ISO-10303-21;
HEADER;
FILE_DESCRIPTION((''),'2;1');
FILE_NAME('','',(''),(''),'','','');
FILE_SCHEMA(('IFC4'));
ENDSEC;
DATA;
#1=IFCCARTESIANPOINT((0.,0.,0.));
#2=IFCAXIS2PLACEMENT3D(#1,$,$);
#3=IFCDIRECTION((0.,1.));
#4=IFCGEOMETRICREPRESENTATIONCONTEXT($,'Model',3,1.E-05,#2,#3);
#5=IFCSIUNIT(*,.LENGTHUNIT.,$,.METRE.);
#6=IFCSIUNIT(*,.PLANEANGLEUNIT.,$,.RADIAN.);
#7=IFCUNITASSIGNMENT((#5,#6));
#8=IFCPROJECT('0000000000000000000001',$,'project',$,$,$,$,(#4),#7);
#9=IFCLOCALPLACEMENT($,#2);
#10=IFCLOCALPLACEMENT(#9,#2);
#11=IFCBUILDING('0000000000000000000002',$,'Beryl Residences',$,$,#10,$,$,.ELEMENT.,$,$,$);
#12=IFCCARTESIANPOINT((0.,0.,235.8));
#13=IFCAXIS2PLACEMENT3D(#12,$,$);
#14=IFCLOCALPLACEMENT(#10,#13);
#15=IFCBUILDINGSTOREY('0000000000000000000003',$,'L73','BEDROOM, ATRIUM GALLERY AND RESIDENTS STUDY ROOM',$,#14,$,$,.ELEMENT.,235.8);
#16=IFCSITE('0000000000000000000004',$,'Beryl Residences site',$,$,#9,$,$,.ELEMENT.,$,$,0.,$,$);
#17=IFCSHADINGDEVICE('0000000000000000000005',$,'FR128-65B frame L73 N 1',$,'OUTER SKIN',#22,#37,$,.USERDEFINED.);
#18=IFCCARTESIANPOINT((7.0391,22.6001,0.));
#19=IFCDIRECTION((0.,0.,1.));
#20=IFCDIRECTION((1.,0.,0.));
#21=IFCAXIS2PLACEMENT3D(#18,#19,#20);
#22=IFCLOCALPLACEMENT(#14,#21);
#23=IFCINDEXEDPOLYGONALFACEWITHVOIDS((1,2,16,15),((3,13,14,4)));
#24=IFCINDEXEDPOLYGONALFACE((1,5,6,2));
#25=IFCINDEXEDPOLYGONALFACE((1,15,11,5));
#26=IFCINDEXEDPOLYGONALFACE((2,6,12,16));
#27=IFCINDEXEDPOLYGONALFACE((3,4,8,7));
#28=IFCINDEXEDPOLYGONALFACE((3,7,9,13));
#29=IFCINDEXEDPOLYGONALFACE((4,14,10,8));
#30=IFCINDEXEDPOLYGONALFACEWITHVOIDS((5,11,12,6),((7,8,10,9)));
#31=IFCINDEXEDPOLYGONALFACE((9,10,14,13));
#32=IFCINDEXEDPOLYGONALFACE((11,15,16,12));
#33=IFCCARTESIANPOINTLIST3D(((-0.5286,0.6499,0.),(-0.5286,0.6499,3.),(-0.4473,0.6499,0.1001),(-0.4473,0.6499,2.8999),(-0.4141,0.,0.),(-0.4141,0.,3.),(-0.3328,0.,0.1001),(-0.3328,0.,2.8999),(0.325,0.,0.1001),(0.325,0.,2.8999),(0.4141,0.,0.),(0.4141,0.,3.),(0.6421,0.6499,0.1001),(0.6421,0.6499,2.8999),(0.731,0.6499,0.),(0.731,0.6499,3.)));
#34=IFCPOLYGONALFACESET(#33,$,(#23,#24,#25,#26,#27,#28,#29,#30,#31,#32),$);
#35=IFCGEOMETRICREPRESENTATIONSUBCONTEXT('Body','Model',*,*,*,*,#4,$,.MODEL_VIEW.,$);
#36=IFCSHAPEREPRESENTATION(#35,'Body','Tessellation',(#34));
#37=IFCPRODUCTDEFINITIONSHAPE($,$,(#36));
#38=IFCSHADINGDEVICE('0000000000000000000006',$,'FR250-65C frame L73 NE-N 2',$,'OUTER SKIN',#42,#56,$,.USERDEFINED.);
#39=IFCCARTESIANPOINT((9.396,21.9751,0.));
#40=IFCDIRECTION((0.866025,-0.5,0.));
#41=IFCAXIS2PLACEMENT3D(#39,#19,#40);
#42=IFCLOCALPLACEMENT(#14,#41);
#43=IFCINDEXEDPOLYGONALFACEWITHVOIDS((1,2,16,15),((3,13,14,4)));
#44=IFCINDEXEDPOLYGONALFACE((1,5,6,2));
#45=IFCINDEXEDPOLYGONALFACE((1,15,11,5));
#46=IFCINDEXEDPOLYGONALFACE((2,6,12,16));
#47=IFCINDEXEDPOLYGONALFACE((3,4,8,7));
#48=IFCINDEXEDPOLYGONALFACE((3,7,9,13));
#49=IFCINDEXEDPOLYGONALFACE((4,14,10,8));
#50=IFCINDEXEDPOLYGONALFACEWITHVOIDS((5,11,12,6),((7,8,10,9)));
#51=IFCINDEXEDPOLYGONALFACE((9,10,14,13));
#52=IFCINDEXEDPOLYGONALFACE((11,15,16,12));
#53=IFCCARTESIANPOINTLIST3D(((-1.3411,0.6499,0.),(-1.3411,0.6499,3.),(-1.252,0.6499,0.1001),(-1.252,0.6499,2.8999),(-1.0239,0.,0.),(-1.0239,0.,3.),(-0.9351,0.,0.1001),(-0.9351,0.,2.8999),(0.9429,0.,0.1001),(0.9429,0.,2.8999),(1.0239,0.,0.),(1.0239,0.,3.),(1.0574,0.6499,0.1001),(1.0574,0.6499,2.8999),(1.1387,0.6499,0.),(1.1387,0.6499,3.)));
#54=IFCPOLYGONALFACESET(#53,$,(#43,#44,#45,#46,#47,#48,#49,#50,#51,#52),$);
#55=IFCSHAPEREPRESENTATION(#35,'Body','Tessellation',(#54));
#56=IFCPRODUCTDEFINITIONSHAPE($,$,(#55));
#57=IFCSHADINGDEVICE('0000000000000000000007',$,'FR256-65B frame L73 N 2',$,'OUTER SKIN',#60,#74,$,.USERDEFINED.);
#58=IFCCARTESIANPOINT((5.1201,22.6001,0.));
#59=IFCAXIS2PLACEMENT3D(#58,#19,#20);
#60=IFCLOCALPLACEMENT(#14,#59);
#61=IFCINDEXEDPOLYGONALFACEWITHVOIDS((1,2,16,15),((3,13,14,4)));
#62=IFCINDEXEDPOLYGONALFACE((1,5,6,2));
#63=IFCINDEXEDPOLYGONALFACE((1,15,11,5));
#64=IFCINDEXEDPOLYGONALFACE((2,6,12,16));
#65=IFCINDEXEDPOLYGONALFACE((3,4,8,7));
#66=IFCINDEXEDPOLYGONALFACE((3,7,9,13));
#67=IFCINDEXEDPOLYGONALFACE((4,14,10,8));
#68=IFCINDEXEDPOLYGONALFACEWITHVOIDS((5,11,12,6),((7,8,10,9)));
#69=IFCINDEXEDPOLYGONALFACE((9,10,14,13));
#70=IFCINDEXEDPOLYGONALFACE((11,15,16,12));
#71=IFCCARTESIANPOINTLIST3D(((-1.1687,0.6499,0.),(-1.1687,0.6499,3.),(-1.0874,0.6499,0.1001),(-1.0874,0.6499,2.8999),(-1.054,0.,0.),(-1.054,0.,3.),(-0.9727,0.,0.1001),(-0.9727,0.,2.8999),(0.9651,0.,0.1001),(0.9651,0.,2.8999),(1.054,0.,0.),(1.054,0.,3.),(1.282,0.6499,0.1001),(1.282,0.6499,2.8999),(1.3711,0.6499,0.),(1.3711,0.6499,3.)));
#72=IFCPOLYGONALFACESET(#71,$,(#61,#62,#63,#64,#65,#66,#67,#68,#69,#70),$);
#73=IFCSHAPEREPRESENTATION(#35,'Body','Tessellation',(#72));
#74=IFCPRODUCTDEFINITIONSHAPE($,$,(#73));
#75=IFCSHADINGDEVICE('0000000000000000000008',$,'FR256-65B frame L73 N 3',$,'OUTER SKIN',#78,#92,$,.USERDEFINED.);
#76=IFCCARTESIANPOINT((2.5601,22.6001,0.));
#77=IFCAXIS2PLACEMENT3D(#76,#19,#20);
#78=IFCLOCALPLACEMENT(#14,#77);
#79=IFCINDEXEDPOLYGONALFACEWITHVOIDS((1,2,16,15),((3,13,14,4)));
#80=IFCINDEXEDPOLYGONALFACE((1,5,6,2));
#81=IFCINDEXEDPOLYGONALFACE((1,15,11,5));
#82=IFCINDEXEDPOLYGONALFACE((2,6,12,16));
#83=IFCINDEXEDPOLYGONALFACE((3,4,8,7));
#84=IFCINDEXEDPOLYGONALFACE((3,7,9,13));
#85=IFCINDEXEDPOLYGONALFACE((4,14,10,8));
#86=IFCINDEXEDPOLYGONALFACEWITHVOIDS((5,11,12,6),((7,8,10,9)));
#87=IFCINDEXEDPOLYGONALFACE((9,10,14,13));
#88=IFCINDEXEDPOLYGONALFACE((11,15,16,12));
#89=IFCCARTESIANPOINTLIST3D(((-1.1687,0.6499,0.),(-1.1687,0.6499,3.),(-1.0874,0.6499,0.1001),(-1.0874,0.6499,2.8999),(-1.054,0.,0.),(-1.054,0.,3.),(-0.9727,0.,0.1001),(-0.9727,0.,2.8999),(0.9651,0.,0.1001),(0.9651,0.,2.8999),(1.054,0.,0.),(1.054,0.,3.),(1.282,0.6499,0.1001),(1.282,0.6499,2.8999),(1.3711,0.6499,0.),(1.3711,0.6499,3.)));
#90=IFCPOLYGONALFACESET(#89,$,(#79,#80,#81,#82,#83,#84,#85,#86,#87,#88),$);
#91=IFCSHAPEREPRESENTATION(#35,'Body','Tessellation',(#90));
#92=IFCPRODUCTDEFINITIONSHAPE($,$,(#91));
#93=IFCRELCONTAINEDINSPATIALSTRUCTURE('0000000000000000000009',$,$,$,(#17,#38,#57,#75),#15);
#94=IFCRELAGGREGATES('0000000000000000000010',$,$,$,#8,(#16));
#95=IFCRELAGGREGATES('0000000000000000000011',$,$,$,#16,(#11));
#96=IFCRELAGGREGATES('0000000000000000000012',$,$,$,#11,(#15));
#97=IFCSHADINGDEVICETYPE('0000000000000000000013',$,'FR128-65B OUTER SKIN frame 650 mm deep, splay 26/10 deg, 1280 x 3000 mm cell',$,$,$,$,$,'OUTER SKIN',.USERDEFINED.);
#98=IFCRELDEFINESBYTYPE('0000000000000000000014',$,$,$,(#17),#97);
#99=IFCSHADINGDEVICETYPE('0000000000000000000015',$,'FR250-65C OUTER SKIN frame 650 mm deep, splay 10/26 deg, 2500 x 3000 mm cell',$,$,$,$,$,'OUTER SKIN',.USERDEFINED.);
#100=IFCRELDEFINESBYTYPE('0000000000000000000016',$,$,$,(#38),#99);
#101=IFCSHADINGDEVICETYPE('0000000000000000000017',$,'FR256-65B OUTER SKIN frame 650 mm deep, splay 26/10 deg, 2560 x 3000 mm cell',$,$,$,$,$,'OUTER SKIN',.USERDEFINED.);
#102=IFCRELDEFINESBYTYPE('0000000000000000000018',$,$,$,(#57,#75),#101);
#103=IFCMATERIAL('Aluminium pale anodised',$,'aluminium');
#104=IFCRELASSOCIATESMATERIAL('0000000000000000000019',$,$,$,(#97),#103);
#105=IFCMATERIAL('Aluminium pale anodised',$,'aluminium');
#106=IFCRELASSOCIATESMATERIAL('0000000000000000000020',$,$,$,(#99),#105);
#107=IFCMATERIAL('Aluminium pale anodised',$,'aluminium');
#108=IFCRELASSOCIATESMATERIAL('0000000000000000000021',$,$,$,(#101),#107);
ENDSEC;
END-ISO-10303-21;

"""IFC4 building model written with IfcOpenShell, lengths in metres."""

from ifc_helpers import new_model, entity, si_unit, direction, frame, origin, place, context, subcontext, project, spatial, source, transform, mapped, material, type_object, type_shapes, element, save


model = new_model("IFC4")

# Units and contexts
model_context = context("Model", 3, precision=1e-05, world=origin(), true_north=direction((0.0, 1.0)))
body_context = subcontext(model_context, "Body", "Model", "MODEL_VIEW")
ifc_project = project(units=[si_unit("LENGTHUNIT", "METRE"), si_unit("PLANEANGLEUNIT", "RADIAN")], contexts=[model_context])

# Site, building, storey
site_placement = place(None, origin())
site = spatial("IfcSite", under=ifc_project, at=site_placement, Name="Beryl Residences site", CompositionType="ELEMENT", RefElevation=0.0)
building_placement = place(site_placement, origin())
building = spatial("IfcBuilding", under=site, at=building_placement, Name="Beryl Residences", CompositionType="ELEMENT")
storey_placement = place(building_placement, frame((0.0, 0.0, 235.8)))
storey = spatial("IfcBuildingStorey", under=building, at=storey_placement, Name="L73", Description="BEDROOM, ATRIUM GALLERY AND RESIDENTS STUDY ROOM", CompositionType="ELEMENT", Elevation=235.8)

# Shading devices
ifc_material_1 = material(Name="Aluminium pale anodised", Category="aluminium")
shading_device_type_1 = type_object("IfcShadingDeviceType", Name="FR128-65B OUTER SKIN frame 650 mm deep, splay 26/10 deg, 1280 x 3000 mm cell", ElementType="OUTER SKIN", PredefinedType="USERDEFINED", material=ifc_material_1)
cartesian_point_1 = entity("IfcCartesianPoint", [-0.4141, 0.0])
cartesian_point_2 = entity("IfcCartesianPoint", [-0.325, 0.1001])
cartesian_point_3 = entity("IfcCartesianPoint", [-0.731, 0.0])
cartesian_point_4 = entity("IfcCartesianPoint", [-0.6421, 0.1001])
shared_shape_1 = source(origin(), body_context, "Body", "SweptSolid", [
    entity("IfcExtrudedAreaSolidTapered", entity("IfcArbitraryProfileDefWithVoids", "AREA", None, entity("IfcPolyline", [cartesian_point_1, entity("IfcCartesianPoint", [0.4141, 0.0]), entity("IfcCartesianPoint", [0.4141, 3.0]), entity("IfcCartesianPoint", [-0.4141, 3.0]), cartesian_point_1]), [entity("IfcPolyline", [cartesian_point_2, entity("IfcCartesianPoint", [0.3328, 0.1001]), entity("IfcCartesianPoint", [0.3328, 2.8999]), entity("IfcCartesianPoint", [-0.325, 2.8999]), cartesian_point_2])]), entity("IfcAxis2Placement3D", entity("IfcCartesianPoint", [0.0, 0.0, 0.0]), entity("IfcDirection", [0.0, 1.0, 0.0]), entity("IfcDirection", [-1.0, 0.0, 0.0])), entity("IfcDirection", [0.0, 0.0, 1.0]), 0.6499, entity("IfcArbitraryProfileDefWithVoids", "AREA", None, entity("IfcPolyline", [cartesian_point_3, entity("IfcCartesianPoint", [0.5286, 0.0]), entity("IfcCartesianPoint", [0.5286, 3.0]), entity("IfcCartesianPoint", [-0.731, 3.0]), cartesian_point_3]), [entity("IfcPolyline", [cartesian_point_4, entity("IfcCartesianPoint", [0.4473, 0.1001]), entity("IfcCartesianPoint", [0.4473, 2.8999]), entity("IfcCartesianPoint", [-0.6421, 2.8999]), cartesian_point_4])])),
])
type_shapes(shading_device_type_1, [shared_shape_1])
shading_device_1_placement = place(storey_placement, frame((7.0391, 22.6001, 0.0), z_axis=(0.0, 0.0, 1.0), x_axis=(1.0, 0.0, 0.0)))
element("IfcShadingDevice", 1, at=shading_device_1_placement, inside=storey, type_object=shading_device_type_1, Name="FR128-65B frame L73 N 1", ObjectType="OUTER SKIN", PredefinedType="USERDEFINED", context=body_context, shape_type="MappedRepresentation", body=[
    mapped(shared_shape_1, transform((0.0, 0.0, 0.0))),
])
ifc_material_2 = material(Name="Aluminium pale anodised", Category="aluminium")
shading_device_type_2 = type_object("IfcShadingDeviceType", Name="FR250-65C OUTER SKIN frame 650 mm deep, splay 10/26 deg, 2500 x 3000 mm cell", ElementType="OUTER SKIN", PredefinedType="USERDEFINED", material=ifc_material_2)
cartesian_point_5 = entity("IfcCartesianPoint", [-1.0239, 0.0])
cartesian_point_6 = entity("IfcCartesianPoint", [-0.9429, 0.1001])
cartesian_point_7 = entity("IfcCartesianPoint", [-1.1387, 0.0])
cartesian_point_8 = entity("IfcCartesianPoint", [-1.0574, 0.1001])
shared_shape_2 = source(origin(), body_context, "Body", "SweptSolid", [
    entity("IfcExtrudedAreaSolidTapered", entity("IfcArbitraryProfileDefWithVoids", "AREA", None, entity("IfcPolyline", [cartesian_point_5, entity("IfcCartesianPoint", [1.0239, 0.0]), entity("IfcCartesianPoint", [1.0239, 3.0]), entity("IfcCartesianPoint", [-1.0239, 3.0]), cartesian_point_5]), [entity("IfcPolyline", [cartesian_point_6, entity("IfcCartesianPoint", [0.9351, 0.1001]), entity("IfcCartesianPoint", [0.9351, 2.8999]), entity("IfcCartesianPoint", [-0.9429, 2.8999]), cartesian_point_6])]), entity("IfcAxis2Placement3D", entity("IfcCartesianPoint", [0.0, 0.0, 0.0]), entity("IfcDirection", [0.0, 1.0, 0.0]), entity("IfcDirection", [-1.0, 0.0, 0.0])), entity("IfcDirection", [0.0, 0.0, 1.0]), 0.6499, entity("IfcArbitraryProfileDefWithVoids", "AREA", None, entity("IfcPolyline", [cartesian_point_7, entity("IfcCartesianPoint", [1.3411, 0.0]), entity("IfcCartesianPoint", [1.3411, 3.0]), entity("IfcCartesianPoint", [-1.1387, 3.0]), cartesian_point_7]), [entity("IfcPolyline", [cartesian_point_8, entity("IfcCartesianPoint", [1.252, 0.1001]), entity("IfcCartesianPoint", [1.252, 2.8999]), entity("IfcCartesianPoint", [-1.0574, 2.8999]), cartesian_point_8])])),
])
type_shapes(shading_device_type_2, [shared_shape_2])
shading_device_2_placement = place(storey_placement, frame((9.396, 21.9751, 0.0), z_axis=(0.0, 0.0, 1.0), x_axis=(0.866025, -0.5, 0.0)))
element("IfcShadingDevice", 2, at=shading_device_2_placement, inside=storey, type_object=shading_device_type_2, Name="FR250-65C frame L73 NE-N 2", ObjectType="OUTER SKIN", PredefinedType="USERDEFINED", context=body_context, shape_type="MappedRepresentation", body=[
    mapped(shared_shape_2, transform((0.0, 0.0, 0.0))),
])
ifc_material_3 = material(Name="Aluminium pale anodised", Category="aluminium")
shading_device_type_3 = type_object("IfcShadingDeviceType", Name="FR256-65B OUTER SKIN frame 650 mm deep, splay 26/10 deg, 2560 x 3000 mm cell", ElementType="OUTER SKIN", PredefinedType="USERDEFINED", material=ifc_material_3)
cartesian_point_9 = entity("IfcCartesianPoint", [-1.054, 0.0])
cartesian_point_10 = entity("IfcCartesianPoint", [-0.9651, 0.1001])
cartesian_point_11 = entity("IfcCartesianPoint", [-1.3711, 0.0])
cartesian_point_12 = entity("IfcCartesianPoint", [-1.282, 0.1001])
shared_shape_3 = source(origin(), body_context, "Body", "SweptSolid", [
    entity("IfcExtrudedAreaSolidTapered", entity("IfcArbitraryProfileDefWithVoids", "AREA", None, entity("IfcPolyline", [cartesian_point_9, entity("IfcCartesianPoint", [1.054, 0.0]), entity("IfcCartesianPoint", [1.054, 3.0]), entity("IfcCartesianPoint", [-1.054, 3.0]), cartesian_point_9]), [entity("IfcPolyline", [cartesian_point_10, entity("IfcCartesianPoint", [0.9727, 0.1001]), entity("IfcCartesianPoint", [0.9727, 2.8999]), entity("IfcCartesianPoint", [-0.9651, 2.8999]), cartesian_point_10])]), entity("IfcAxis2Placement3D", entity("IfcCartesianPoint", [0.0, 0.0, 0.0]), entity("IfcDirection", [0.0, 1.0, 0.0]), entity("IfcDirection", [-1.0, 0.0, 0.0])), entity("IfcDirection", [0.0, 0.0, 1.0]), 0.6499, entity("IfcArbitraryProfileDefWithVoids", "AREA", None, entity("IfcPolyline", [cartesian_point_11, entity("IfcCartesianPoint", [1.1687, 0.0]), entity("IfcCartesianPoint", [1.1687, 3.0]), entity("IfcCartesianPoint", [-1.3711, 3.0]), cartesian_point_11]), [entity("IfcPolyline", [cartesian_point_12, entity("IfcCartesianPoint", [1.0874, 0.1001]), entity("IfcCartesianPoint", [1.0874, 2.8999]), entity("IfcCartesianPoint", [-1.282, 2.8999]), cartesian_point_12])])),
])
type_shapes(shading_device_type_3, [shared_shape_3])
for number, where, z_axis, x_axis, name in (
    (3, (5.1201, 22.6001, 0.0), (0.0, 0.0, 1.0), (1.0, 0.0, 0.0), "FR256-65B frame L73 N 2"),
    (4, (2.5601, 22.6001, 0.0), (0.0, 0.0, 1.0), (1.0, 0.0, 0.0), "FR256-65B frame L73 N 3"),
):
    element("IfcShadingDevice", number, at=place(storey_placement, frame(where, z_axis=z_axis, x_axis=x_axis)), inside=storey, type_object=shading_device_type_3, Name=name, ObjectType="OUTER SKIN", PredefinedType="USERDEFINED", context=body_context, shape_type="MappedRepresentation", body=[
        mapped(shared_shape_3, transform((0.0, 0.0, 0.0))),
    ])

save(model, "model.ifc")
